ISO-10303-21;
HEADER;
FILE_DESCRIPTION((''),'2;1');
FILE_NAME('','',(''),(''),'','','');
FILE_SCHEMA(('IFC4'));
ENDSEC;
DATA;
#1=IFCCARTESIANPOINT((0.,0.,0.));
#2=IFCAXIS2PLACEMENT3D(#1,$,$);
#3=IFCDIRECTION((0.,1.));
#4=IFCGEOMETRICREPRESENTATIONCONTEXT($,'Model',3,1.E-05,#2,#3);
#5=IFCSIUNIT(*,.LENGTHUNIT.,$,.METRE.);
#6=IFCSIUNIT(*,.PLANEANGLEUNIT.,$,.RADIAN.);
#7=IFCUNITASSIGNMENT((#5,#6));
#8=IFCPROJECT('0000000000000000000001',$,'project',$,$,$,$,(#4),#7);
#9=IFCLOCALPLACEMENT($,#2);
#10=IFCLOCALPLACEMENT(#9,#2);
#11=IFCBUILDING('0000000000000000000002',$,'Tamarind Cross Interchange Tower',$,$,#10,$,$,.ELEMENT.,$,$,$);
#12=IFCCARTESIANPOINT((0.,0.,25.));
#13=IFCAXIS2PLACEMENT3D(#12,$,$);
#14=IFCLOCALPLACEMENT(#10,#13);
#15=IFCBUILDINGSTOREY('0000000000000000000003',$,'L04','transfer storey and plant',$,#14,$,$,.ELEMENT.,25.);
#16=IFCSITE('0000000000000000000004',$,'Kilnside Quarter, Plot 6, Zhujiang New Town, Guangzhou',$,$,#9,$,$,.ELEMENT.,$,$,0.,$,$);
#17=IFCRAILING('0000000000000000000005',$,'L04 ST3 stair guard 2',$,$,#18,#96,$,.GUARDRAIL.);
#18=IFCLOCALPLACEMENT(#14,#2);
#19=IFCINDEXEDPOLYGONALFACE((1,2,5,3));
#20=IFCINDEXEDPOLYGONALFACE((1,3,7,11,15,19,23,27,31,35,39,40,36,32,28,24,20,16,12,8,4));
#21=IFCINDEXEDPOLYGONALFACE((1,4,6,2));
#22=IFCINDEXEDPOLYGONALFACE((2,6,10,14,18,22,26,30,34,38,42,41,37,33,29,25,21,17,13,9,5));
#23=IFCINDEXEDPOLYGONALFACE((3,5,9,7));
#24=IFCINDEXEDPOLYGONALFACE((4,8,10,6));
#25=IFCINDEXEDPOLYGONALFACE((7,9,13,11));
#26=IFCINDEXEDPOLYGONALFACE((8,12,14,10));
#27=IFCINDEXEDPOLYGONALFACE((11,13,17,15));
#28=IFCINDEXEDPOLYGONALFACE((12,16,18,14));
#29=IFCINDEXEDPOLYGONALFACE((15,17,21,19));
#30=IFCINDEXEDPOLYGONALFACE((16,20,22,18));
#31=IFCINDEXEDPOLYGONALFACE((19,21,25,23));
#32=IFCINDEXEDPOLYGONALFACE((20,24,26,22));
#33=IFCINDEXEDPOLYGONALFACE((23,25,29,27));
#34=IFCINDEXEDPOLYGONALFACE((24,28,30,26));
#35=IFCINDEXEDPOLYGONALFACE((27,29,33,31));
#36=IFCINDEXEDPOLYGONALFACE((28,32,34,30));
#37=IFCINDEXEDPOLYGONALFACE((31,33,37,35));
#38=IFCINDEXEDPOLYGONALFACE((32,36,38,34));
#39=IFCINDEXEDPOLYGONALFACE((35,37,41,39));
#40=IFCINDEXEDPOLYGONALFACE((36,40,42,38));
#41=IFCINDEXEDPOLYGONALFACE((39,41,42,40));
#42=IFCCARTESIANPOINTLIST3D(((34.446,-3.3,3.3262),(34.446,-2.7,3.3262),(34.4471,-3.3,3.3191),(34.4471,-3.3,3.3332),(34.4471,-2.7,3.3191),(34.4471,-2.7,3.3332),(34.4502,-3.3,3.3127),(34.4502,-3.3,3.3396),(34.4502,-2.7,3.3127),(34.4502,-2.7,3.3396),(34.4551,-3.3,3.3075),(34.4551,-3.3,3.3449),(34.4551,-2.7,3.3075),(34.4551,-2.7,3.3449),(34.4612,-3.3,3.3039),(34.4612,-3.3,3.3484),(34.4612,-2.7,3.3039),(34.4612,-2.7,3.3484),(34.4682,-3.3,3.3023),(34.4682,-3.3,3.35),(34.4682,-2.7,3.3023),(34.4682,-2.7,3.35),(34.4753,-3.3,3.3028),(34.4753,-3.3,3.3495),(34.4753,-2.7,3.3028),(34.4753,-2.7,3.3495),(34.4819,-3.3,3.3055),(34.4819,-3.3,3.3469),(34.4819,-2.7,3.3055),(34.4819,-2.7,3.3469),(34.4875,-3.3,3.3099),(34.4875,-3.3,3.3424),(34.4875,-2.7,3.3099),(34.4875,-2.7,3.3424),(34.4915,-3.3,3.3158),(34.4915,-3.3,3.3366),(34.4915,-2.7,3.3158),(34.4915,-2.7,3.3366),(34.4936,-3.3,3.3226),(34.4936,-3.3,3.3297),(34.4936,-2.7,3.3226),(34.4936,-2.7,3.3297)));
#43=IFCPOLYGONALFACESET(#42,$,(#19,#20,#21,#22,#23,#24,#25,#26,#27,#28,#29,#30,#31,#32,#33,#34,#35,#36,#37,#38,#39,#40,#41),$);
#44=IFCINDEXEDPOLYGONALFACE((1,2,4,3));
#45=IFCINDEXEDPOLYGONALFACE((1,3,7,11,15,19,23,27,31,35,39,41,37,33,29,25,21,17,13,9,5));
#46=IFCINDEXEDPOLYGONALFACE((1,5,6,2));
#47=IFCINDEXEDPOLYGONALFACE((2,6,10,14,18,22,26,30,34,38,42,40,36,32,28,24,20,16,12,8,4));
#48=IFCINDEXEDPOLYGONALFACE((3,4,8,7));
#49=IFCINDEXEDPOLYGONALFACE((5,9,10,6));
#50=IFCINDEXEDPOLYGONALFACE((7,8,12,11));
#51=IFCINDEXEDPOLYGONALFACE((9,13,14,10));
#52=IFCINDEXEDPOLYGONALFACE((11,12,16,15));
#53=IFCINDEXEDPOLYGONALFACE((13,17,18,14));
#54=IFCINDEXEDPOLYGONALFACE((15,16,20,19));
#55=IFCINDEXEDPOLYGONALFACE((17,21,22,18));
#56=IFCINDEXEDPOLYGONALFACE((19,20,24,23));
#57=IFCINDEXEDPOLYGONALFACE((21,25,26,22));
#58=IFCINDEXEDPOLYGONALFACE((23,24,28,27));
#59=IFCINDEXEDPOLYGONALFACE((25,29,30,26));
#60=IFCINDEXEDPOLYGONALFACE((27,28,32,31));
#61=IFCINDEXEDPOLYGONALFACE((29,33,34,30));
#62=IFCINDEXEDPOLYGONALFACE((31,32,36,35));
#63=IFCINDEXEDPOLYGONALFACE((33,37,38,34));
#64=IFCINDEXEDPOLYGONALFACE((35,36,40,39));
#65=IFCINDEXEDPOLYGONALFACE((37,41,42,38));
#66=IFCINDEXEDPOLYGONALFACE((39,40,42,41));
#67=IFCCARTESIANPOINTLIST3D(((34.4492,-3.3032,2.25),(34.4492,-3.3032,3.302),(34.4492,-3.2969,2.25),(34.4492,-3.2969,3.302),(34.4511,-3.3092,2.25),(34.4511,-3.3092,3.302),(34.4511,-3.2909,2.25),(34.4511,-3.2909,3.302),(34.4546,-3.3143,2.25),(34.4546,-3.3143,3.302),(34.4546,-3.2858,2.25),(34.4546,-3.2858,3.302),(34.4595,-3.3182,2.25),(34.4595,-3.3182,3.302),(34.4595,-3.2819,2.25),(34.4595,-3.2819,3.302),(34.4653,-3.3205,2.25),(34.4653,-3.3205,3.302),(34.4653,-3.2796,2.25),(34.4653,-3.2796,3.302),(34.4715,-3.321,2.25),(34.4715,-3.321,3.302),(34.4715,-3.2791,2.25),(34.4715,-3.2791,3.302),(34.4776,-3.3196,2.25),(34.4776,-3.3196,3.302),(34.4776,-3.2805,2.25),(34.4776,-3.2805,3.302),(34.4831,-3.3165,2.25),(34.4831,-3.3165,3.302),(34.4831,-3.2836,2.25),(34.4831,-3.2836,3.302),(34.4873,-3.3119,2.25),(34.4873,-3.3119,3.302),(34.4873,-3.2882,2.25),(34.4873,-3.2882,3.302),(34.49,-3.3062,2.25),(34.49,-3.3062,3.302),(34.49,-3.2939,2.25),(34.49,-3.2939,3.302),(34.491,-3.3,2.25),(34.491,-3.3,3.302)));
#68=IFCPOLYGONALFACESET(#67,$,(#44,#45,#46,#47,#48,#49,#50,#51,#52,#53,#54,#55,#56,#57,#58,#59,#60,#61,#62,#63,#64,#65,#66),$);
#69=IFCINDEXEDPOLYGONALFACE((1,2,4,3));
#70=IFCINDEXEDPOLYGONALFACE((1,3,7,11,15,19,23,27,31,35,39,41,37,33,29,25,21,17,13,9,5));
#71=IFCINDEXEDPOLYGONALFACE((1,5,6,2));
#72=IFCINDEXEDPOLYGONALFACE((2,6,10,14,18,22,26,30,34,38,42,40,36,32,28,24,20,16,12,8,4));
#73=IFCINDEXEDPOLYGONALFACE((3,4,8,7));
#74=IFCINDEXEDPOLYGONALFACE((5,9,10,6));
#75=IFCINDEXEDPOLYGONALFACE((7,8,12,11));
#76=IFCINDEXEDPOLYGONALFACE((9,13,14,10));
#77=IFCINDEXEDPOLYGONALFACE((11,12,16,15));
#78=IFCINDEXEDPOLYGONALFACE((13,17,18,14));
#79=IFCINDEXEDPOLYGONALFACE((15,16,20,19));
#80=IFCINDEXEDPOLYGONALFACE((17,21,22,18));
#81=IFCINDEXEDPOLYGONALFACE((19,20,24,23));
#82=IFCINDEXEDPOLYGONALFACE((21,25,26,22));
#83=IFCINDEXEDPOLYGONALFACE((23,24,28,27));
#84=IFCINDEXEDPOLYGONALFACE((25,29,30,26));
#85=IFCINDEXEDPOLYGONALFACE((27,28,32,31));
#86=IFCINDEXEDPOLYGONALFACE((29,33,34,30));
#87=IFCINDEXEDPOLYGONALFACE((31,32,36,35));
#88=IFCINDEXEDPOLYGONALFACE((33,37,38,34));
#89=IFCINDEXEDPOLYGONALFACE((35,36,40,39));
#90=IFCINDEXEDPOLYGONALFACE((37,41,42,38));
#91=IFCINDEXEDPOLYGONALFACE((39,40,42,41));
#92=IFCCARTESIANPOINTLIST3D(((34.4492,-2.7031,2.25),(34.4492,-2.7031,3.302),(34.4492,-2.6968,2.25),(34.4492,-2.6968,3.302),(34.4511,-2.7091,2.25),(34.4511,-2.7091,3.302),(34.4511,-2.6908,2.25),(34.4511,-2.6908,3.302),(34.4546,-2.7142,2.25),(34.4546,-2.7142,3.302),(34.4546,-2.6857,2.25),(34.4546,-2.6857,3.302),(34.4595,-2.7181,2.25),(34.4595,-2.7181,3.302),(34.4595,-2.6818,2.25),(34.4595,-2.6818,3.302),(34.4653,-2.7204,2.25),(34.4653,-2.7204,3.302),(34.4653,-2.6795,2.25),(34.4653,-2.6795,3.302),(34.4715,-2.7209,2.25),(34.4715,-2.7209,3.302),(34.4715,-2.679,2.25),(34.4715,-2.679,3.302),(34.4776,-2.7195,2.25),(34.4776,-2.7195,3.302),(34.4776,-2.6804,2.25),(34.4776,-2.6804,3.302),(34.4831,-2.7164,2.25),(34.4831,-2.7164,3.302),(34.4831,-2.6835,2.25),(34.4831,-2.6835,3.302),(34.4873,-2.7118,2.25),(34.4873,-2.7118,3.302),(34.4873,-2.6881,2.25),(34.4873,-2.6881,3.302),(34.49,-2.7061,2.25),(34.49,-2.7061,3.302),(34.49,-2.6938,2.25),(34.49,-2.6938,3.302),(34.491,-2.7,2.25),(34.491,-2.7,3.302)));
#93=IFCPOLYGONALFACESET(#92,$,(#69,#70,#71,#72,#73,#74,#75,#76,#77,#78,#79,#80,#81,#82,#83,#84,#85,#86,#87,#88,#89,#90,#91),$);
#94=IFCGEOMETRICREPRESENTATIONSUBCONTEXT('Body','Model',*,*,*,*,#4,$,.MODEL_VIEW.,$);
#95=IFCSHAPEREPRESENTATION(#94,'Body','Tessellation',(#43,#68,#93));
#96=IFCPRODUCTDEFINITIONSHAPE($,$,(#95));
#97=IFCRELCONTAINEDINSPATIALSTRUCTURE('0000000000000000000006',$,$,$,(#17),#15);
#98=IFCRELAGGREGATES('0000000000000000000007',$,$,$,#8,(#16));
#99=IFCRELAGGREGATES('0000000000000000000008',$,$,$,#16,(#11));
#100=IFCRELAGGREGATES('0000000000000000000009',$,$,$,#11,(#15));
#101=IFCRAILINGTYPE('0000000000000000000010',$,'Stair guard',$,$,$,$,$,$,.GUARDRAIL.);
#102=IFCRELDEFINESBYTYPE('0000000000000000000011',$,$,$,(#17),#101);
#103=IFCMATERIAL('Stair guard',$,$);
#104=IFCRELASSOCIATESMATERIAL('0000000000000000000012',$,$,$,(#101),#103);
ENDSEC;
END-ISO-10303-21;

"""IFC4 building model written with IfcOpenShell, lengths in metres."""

from ifc_helpers import new_model, si_unit, direction, frame, origin, origin_2d, place, context, subcontext, project, spatial, circle, extrude, material, type_object, element, save


model = new_model("IFC4")

# Units and contexts
model_context = context("Model", 3, precision=1e-05, world=origin(), true_north=direction((0.0, 1.0)))
body_context = subcontext(model_context, "Body", "Model", "MODEL_VIEW")
ifc_project = project(units=[si_unit("LENGTHUNIT", "METRE"), si_unit("PLANEANGLEUNIT", "RADIAN")], contexts=[model_context])

# Site, building, storey
site_placement = place(None, origin())
site = spatial("IfcSite", under=ifc_project, at=site_placement, Name="Kilnside Quarter, Plot 6, Zhujiang New Town, Guangzhou", CompositionType="ELEMENT", RefElevation=0.0)
building_placement = place(site_placement, origin())
building = spatial("IfcBuilding", under=site, at=building_placement, Name="Tamarind Cross Interchange Tower", CompositionType="ELEMENT")
storey_placement = place(building_placement, frame((0.0, 0.0, 25.0)))
storey = spatial("IfcBuildingStorey", under=building, at=storey_placement, Name="L04", Description="transfer storey and plant", CompositionType="ELEMENT", Elevation=25.0)

# Railing
ifc_material_1 = material(Name="Stair guard")
railing_type_1 = type_object("IfcRailingType", Name="Stair guard", PredefinedType="GUARDRAIL", material=ifc_material_1)
railing_1_placement = place(storey_placement, frame((34.47, -3.3, 2.25)))
element("IfcRailing", 1, at=railing_1_placement, inside=storey, type_object=railing_type_1, Name="L04 ST3 stair guard 2", PredefinedType="GUARDRAIL", context=body_context, shape_type="SweptSolid", body=[
    extrude(circle(Radius=0.0239, at=origin_2d()), frame((0.0, 0.0, 1.0762), z_axis=(0.0, 1.0, 0.0), x_axis=(-1.0, 0.0, 0.0)), (0.0, 0.0, 1.0), 0.6001),
    extrude(circle(Radius=0.021, at=origin_2d()), origin(), (0.0, 0.0, 1.0), 1.052),
    extrude(circle(Radius=0.021, at=origin_2d()), frame((0.0, 0.6001, 0.0)), (0.0, 0.0, 1.0), 1.052),
])

save(model, "model.ifc")
